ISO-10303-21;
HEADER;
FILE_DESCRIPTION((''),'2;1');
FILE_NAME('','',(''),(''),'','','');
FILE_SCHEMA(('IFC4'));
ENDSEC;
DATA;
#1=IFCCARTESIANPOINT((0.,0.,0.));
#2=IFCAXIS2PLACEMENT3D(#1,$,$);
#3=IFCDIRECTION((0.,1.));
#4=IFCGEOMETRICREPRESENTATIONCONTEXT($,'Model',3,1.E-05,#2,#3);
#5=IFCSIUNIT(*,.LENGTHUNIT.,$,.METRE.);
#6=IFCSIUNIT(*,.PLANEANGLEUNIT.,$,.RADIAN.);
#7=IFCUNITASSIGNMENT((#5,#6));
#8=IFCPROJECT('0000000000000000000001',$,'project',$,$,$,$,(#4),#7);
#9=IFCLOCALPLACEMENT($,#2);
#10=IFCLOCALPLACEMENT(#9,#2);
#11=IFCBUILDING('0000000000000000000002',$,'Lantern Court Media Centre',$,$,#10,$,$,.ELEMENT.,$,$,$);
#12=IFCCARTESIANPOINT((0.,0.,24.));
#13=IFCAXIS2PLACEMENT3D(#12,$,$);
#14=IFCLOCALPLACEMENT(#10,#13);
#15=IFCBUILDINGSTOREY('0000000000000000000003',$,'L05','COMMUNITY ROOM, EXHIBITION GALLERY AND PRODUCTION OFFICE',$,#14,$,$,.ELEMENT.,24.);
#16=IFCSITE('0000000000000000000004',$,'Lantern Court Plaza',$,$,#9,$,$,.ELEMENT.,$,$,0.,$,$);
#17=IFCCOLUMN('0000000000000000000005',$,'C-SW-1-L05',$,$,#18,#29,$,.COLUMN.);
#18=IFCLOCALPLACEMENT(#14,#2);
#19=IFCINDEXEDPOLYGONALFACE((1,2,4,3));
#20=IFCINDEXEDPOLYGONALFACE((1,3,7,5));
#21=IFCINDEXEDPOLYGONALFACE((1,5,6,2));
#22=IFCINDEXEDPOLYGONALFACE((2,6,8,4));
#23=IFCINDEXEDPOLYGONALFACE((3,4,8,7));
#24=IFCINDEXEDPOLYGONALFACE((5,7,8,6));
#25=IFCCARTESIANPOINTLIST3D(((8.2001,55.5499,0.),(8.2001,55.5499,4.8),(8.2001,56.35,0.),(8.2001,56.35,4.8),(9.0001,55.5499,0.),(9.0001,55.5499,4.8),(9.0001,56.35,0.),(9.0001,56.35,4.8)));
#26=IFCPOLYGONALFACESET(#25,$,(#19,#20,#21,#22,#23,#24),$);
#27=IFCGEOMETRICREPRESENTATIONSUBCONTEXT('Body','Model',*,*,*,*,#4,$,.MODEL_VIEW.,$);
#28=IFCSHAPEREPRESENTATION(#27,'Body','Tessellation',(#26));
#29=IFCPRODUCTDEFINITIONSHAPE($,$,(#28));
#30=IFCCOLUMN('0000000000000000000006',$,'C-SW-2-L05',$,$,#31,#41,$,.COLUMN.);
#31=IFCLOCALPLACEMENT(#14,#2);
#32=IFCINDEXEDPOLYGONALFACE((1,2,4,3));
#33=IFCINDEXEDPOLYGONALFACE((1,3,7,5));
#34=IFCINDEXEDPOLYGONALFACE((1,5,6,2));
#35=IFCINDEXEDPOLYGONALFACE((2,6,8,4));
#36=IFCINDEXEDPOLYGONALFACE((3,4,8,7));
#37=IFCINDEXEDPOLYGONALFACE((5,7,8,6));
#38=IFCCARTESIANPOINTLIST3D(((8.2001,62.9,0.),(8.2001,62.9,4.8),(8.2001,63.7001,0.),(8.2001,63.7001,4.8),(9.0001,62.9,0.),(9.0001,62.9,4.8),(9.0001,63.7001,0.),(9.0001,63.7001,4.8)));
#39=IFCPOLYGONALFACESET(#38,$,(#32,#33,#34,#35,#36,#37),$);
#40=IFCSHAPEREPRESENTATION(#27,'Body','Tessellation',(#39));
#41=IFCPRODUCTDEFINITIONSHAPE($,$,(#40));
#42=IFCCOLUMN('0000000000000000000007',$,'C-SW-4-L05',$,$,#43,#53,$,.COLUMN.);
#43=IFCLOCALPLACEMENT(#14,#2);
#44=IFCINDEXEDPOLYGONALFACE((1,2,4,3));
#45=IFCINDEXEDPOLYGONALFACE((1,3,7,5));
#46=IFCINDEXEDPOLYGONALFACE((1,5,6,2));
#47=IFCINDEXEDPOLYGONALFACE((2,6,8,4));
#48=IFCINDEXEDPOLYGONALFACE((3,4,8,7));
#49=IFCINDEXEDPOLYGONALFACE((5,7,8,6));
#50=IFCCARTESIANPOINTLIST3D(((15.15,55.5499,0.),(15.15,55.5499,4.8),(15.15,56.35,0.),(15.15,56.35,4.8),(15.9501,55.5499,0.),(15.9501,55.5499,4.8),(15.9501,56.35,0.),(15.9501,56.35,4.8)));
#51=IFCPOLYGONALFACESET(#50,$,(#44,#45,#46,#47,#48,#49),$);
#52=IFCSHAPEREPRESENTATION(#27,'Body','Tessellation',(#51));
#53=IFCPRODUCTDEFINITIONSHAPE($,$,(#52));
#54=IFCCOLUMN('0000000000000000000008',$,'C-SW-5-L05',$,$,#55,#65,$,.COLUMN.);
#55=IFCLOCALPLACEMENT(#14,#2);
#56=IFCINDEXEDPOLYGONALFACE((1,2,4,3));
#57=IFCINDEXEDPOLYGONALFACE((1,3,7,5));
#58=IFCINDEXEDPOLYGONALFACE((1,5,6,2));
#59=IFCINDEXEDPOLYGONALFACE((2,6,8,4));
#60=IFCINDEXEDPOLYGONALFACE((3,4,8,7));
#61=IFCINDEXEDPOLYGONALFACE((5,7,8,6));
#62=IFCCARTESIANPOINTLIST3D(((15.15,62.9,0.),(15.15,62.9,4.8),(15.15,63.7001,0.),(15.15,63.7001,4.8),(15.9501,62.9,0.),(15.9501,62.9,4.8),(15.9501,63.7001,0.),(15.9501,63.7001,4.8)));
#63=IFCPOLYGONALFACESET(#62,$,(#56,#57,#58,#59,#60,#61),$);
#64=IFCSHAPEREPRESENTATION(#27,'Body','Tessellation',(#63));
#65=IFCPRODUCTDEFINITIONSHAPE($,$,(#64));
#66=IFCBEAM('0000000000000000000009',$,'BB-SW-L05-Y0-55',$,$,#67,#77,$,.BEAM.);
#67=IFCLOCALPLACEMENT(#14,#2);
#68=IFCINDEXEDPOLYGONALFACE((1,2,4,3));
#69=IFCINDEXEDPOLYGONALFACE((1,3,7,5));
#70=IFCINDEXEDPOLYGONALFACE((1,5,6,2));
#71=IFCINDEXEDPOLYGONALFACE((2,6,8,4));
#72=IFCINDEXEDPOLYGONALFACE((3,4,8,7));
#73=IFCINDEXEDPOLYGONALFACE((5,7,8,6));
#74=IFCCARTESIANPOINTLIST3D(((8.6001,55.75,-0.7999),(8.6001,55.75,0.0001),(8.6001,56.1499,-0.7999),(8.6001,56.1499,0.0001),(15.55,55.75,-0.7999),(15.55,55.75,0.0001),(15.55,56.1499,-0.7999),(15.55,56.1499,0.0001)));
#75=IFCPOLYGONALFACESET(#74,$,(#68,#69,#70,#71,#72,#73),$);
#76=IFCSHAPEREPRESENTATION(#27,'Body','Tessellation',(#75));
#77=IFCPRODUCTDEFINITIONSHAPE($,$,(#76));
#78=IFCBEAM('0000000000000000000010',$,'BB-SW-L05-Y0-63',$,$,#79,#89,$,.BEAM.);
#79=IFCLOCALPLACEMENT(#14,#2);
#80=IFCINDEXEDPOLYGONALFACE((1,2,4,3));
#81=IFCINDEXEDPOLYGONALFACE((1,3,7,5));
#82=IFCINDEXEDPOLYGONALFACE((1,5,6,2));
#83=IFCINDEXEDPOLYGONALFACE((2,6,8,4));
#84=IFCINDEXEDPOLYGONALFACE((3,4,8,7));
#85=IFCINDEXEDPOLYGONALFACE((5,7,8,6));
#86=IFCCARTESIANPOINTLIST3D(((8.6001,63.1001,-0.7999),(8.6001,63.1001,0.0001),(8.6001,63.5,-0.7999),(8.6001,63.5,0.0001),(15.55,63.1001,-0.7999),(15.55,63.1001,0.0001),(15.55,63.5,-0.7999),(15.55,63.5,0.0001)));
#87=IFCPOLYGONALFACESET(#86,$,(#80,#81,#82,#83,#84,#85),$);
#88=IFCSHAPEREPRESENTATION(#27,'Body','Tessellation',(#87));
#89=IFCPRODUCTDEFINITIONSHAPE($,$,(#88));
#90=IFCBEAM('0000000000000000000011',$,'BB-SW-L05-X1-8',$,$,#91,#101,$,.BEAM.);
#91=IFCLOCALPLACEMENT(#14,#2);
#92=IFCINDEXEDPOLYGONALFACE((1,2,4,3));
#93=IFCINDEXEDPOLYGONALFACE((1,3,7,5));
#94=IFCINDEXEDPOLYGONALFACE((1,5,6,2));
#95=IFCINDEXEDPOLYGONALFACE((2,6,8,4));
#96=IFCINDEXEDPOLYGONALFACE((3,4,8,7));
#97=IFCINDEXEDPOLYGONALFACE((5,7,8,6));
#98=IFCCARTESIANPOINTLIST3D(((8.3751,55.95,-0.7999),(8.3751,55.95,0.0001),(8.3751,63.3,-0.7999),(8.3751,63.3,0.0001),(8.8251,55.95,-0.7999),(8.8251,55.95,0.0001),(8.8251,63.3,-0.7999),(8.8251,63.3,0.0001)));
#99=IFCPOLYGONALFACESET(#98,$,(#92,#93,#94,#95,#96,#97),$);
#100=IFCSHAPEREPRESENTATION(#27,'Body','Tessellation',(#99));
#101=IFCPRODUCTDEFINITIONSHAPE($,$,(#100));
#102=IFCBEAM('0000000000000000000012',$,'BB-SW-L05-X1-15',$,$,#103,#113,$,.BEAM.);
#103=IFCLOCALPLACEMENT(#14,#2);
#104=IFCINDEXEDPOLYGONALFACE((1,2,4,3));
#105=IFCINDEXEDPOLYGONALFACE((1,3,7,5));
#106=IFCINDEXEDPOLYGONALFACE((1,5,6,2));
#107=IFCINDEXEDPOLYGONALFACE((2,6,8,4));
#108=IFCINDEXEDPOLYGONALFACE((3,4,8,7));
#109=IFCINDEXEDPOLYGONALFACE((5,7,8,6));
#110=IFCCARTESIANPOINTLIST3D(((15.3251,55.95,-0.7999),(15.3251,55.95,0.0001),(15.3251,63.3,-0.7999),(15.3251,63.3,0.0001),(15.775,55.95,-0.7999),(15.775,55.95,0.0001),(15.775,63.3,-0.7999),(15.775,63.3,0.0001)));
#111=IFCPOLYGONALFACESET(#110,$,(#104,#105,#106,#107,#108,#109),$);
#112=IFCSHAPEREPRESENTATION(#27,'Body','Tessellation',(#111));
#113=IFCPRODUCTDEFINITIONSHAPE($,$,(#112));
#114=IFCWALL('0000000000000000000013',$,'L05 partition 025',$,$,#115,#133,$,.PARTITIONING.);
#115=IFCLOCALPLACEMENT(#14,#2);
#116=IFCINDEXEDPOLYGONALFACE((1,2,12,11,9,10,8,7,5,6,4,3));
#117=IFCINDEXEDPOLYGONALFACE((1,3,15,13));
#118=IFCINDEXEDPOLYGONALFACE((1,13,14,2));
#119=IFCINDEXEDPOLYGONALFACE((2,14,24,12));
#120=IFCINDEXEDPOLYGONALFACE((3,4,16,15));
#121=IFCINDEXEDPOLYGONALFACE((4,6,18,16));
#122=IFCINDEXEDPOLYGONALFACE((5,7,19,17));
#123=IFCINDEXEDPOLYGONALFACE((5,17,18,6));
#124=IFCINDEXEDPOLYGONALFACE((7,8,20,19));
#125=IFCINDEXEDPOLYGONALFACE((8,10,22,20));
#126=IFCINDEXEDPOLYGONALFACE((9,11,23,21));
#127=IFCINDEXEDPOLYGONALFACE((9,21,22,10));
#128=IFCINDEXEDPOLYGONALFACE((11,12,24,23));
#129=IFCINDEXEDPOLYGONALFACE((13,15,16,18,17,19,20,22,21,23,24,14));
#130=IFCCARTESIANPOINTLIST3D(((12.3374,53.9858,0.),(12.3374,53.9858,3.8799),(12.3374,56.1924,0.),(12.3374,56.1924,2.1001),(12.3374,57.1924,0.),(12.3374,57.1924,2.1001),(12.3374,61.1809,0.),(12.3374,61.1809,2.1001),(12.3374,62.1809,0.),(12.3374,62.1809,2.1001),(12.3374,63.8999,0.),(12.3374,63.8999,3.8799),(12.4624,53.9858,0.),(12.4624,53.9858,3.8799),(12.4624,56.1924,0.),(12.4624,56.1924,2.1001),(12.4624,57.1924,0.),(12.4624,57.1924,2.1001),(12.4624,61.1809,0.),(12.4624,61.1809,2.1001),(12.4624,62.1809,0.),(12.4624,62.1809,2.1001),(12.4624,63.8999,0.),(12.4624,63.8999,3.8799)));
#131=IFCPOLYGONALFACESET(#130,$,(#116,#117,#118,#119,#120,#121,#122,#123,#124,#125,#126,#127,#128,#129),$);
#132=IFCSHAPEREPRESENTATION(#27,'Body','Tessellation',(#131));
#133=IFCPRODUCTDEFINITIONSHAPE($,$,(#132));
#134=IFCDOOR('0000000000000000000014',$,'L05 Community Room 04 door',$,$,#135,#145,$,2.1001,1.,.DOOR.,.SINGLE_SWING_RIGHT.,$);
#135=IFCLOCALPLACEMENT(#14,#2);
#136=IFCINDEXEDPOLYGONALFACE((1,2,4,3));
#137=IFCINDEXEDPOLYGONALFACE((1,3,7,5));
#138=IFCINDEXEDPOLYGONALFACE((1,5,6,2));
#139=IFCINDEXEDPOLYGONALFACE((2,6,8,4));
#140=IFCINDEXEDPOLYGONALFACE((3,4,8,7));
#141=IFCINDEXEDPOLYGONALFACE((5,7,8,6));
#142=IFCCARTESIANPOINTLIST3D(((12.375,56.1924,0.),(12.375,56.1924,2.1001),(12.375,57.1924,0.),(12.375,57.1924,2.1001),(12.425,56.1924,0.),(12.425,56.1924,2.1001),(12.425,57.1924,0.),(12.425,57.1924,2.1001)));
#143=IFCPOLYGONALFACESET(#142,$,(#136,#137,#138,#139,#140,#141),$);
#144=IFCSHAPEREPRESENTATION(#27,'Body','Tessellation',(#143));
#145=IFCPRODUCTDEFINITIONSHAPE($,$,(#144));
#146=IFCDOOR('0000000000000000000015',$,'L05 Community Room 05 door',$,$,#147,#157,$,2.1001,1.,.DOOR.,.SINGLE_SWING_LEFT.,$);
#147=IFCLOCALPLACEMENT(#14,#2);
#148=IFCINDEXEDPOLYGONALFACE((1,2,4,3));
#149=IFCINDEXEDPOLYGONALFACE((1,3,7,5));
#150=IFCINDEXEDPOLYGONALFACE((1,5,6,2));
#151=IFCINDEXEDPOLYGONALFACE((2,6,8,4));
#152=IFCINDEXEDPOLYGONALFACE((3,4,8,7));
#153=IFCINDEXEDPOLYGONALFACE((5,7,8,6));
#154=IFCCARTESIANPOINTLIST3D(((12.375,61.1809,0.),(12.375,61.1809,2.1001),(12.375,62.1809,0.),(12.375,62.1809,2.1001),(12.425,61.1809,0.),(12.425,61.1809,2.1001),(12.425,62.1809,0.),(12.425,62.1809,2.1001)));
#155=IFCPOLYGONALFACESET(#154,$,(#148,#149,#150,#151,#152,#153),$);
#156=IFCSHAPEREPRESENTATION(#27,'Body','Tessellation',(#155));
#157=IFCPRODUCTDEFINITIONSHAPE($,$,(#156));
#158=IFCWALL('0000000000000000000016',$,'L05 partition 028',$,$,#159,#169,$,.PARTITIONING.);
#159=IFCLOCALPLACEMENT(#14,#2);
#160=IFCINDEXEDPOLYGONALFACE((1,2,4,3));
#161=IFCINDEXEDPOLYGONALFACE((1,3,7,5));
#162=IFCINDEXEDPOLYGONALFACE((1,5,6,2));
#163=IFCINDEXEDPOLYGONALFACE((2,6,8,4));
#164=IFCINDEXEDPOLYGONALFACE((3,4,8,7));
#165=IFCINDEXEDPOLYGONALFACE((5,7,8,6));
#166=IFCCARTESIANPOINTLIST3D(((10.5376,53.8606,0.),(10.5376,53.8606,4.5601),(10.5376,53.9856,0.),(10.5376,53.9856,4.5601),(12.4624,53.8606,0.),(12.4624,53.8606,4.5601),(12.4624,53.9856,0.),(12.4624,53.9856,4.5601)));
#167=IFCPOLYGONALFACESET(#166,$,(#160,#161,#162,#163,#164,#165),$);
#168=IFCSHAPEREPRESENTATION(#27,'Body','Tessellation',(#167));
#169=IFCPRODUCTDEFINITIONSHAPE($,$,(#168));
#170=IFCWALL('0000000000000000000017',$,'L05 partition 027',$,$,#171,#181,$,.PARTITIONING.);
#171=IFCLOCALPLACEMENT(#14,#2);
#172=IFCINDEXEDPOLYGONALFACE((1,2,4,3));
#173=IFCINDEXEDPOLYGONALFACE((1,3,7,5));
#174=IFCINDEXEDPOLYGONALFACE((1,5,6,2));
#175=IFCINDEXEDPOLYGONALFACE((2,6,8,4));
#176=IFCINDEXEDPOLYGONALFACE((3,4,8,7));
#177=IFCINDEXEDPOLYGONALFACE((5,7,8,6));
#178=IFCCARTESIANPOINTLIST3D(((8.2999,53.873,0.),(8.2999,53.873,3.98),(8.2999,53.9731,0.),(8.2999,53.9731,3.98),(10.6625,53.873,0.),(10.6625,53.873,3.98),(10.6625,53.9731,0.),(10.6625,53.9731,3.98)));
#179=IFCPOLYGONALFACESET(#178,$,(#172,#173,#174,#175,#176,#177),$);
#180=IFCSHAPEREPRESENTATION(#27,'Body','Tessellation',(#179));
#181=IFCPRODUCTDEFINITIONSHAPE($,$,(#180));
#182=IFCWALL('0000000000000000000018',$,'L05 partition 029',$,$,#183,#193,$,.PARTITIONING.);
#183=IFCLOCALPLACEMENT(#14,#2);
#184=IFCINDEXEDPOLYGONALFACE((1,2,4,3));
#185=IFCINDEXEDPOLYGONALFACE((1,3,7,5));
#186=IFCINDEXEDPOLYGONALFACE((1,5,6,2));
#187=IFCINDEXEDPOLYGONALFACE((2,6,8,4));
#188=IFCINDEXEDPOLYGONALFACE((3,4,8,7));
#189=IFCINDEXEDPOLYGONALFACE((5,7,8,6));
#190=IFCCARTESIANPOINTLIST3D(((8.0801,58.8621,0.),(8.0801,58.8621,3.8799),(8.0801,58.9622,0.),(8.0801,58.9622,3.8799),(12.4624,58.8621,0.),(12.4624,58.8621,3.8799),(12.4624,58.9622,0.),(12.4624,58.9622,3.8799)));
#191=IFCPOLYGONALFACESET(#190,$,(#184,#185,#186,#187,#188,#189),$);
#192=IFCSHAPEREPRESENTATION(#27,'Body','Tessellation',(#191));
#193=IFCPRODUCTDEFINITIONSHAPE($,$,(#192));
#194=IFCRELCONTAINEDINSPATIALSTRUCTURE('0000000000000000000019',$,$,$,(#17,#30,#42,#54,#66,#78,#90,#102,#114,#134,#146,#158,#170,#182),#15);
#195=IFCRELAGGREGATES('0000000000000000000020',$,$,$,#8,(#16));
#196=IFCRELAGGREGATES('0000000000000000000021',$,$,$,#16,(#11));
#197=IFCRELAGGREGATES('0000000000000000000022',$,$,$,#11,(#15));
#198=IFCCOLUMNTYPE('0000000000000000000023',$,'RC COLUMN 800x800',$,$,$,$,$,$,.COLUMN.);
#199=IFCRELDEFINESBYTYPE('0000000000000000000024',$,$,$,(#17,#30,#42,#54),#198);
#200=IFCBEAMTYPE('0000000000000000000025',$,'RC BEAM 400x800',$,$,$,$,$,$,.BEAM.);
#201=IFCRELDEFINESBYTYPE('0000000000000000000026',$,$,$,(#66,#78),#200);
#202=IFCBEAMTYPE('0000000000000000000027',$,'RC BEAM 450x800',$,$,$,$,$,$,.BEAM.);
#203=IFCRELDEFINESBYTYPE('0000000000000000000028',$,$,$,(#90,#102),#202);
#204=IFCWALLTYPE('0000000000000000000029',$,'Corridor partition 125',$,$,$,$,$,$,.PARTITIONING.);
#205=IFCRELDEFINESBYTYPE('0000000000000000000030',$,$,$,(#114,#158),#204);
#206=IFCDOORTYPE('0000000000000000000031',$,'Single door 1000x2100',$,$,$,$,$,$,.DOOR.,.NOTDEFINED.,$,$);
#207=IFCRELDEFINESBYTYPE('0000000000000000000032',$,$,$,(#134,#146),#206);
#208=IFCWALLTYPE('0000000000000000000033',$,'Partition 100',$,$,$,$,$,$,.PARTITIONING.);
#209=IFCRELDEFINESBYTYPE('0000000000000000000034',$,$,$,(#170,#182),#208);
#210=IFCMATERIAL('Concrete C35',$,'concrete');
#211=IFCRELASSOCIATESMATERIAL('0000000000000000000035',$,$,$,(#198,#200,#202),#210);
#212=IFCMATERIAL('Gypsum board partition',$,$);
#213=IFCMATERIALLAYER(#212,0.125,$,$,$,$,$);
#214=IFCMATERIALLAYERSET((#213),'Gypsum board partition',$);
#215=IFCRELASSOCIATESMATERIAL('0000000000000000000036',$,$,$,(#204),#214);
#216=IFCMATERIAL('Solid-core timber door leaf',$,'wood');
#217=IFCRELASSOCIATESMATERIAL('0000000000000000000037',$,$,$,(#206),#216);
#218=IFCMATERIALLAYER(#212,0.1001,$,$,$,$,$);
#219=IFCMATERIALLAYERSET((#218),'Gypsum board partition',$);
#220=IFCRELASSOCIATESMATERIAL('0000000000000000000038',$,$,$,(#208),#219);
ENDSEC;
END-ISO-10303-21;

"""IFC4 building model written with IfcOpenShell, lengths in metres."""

from ifc_helpers import new_model, si_unit, direction, frame, frame_2d, origin, origin_2d, place, context, subcontext, project, spatial, rectangle, extrude, material, layer, layer_set, material_profile, profile_set, type_object, element, fill, save


model = new_model("IFC4")

# Units and contexts
model_context = context("Model", 3, precision=1e-05, world=origin(), true_north=direction((0.0, 1.0)))
body_context = subcontext(model_context, "Body", "Model", "MODEL_VIEW")
ifc_project = project(units=[si_unit("LENGTHUNIT", "METRE"), si_unit("PLANEANGLEUNIT", "RADIAN")], contexts=[model_context])

# Site, building, storey
site_placement = place(None, origin())
site = spatial("IfcSite", under=ifc_project, at=site_placement, Name="Lantern Court Plaza", CompositionType="ELEMENT", RefElevation=0.0)
building_placement = place(site_placement, origin())
building = spatial("IfcBuilding", under=site, at=building_placement, Name="Lantern Court Media Centre", CompositionType="ELEMENT")
storey_placement = place(building_placement, frame((0.0, 0.0, 24.0)))
storey = spatial("IfcBuildingStorey", under=building, at=storey_placement, Name="L05", Description="COMMUNITY ROOM, EXHIBITION GALLERY AND PRODUCTION OFFICE", CompositionType="ELEMENT", Elevation=24.0)

# Columns
ifc_material_1 = material(Name="Concrete C35", Category="concrete")
ifc_material_profile_1 = material_profile(ifc_material_1, rectangle(XDim=0.8, YDim=0.8, at=origin_2d()), Name="RC 800x800")
ifc_profile_set_1 = profile_set([ifc_material_profile_1], Name="Concrete C35")
column_type = type_object("IfcColumnType", Name="RC COLUMN 800x800", PredefinedType="COLUMN", material=ifc_profile_set_1)
for number, where, z_axis, x_axis, name in (
    (1, (8.6001, 55.95, 0.0), (0.0, 0.0, 1.0), (1.0, 0.0, 0.0), "C-SW-1-L05"),
    (2, (8.6001, 63.3, 0.0), (0.0, 0.0, 1.0), (1.0, 0.0, 0.0), "C-SW-2-L05"),
    (3, (15.55, 55.95, 0.0), (0.0, 0.0, 1.0), (1.0, 0.0, 0.0), "C-SW-4-L05"),
    (4, (15.55, 63.3, 0.0), (0.0, 0.0, 1.0), (1.0, 0.0, 0.0), "C-SW-5-L05"),
):
    element("IfcColumn", number, at=place(storey_placement, frame(where, z_axis=z_axis, x_axis=x_axis)), inside=storey, type_object=column_type, Name=name, PredefinedType="COLUMN", context=body_context, shape_type="SweptSolid", body=[
        extrude(rectangle(XDim=0.8, YDim=0.8, at=origin_2d()), origin(), (0.0, 0.0, 1.0), 4.8),
    ])

# Beams
ifc_material_profile_2 = material_profile(ifc_material_1, rectangle(XDim=0.3999, YDim=0.8, at=origin_2d()), Name="RC 400x800")
ifc_profile_set_2 = profile_set([ifc_material_profile_2], Name="Concrete C35")
beam_type_1 = type_object("IfcBeamType", Name="RC BEAM 400x800", PredefinedType="BEAM", material=ifc_profile_set_2)
for number, where, z_axis, x_axis, name in (
    (5, (8.6001, 55.95, -0.3999), (1.0, 0.0, 0.0), (0.0, 1.0, 0.0), "BB-SW-L05-Y0-55"),
    (6, (8.6001, 63.3, -0.3999), (1.0, 0.0, 0.0), (0.0, 1.0, 0.0), "BB-SW-L05-Y0-63"),
):
    element("IfcBeam", number, at=place(storey_placement, frame(where, z_axis=z_axis, x_axis=x_axis)), inside=storey, type_object=beam_type_1, Name=name, PredefinedType="BEAM", context=body_context, shape_type="SweptSolid", body=[
        extrude(rectangle(XDim=0.3999, YDim=0.8, at=origin_2d()), origin(), (0.0, 0.0, 1.0), 6.95),
    ])
ifc_material_profile_3 = material_profile(ifc_material_1, rectangle(XDim=0.45, YDim=0.8, at=origin_2d()), Name="RC 450x800")
ifc_profile_set_3 = profile_set([ifc_material_profile_3], Name="Concrete C35")
beam_type_2 = type_object("IfcBeamType", Name="RC BEAM 450x800", PredefinedType="BEAM", material=ifc_profile_set_3)
for number, where, z_axis, x_axis, name in (
    (7, (8.6001, 55.95, -0.3999), (0.0, 1.0, 0.0), (-1.0, 0.0, 0.0), "BB-SW-L05-X1-8"),
    (8, (15.55, 55.95, -0.3999), (0.0, 1.0, 0.0), (-1.0, 0.0, 0.0), "BB-SW-L05-X1-15"),
):
    element("IfcBeam", number, at=place(storey_placement, frame(where, z_axis=z_axis, x_axis=x_axis)), inside=storey, type_object=beam_type_2, Name=name, PredefinedType="BEAM", context=body_context, shape_type="SweptSolid", body=[
        extrude(rectangle(XDim=0.45, YDim=0.8, at=origin_2d()), origin(), (0.0, 0.0, 1.0), 7.3501),
    ])

# Wall, openings, doors
ifc_material_2 = material(Name="Gypsum board partition")
ifc_layer_1 = layer(ifc_material_2, 0.125)
ifc_layer_set_1 = layer_set([ifc_layer_1], Name="Gypsum board partition")
wall_type_1 = type_object("IfcWallType", Name="Corridor partition 125", PredefinedType="PARTITIONING", material=ifc_layer_set_1)
wall_1_placement = place(storey_placement, frame((12.3999, 53.9858, 0.0), z_axis=(0.0, 0.0, 1.0), x_axis=(0.0, 1.0, 0.0)))
wall_1 = element("IfcWall", 9, at=wall_1_placement, inside=storey, type_object=wall_type_1, Name="L05 partition 025", PredefinedType="PARTITIONING", context=body_context, shape_type="SweptSolid", body=[
    extrude(rectangle(XDim=9.9141, YDim=0.125, at=frame_2d((4.957, 0.0))), origin(), (0.0, 0.0, 1.0), 3.8799),
])
opening_1_placement = place(wall_1_placement, frame((2.2065, 0.0, 0.0)))
opening_1 = element("IfcOpeningElement", 10, at=opening_1_placement, cuts=wall_1, PredefinedType="OPENING", context=body_context, shape_type="SweptSolid", body=[
    extrude(rectangle(XDim=1.0, YDim=2.1001, at=frame_2d((0.5, 1.05))), frame((0.0, 0.0725, 0.0), z_axis=(0.0, -1.0, 0.0), x_axis=(1.0, 0.0, 0.0)), (0.0, 0.0, 1.0), 0.145),
])
opening_2_placement = place(wall_1_placement, frame((7.1951, 0.0, 0.0)))
opening_2 = element("IfcOpeningElement", 11, at=opening_2_placement, cuts=wall_1, PredefinedType="OPENING", context=body_context, shape_type="SweptSolid", body=[
    extrude(rectangle(XDim=1.0, YDim=2.1001, at=frame_2d((0.5, 1.05))), frame((0.0, 0.0725, 0.0), z_axis=(0.0, -1.0, 0.0), x_axis=(1.0, 0.0, 0.0)), (0.0, 0.0, 1.0), 0.145),
])
ifc_material_3 = material(Name="Solid-core timber door leaf", Category="wood")
door_type = type_object("IfcDoorType", Name="Single door 1000x2100", OperationType="NOTDEFINED", PredefinedType="DOOR", material=ifc_material_3)
door_1_placement = place(opening_1_placement, origin())
door_1 = element("IfcDoor", 12, at=door_1_placement, inside=storey, type_object=door_type, Name="L05 Community Room 04 door", OperationType="SINGLE_SWING_RIGHT", OverallHeight=2.1001, OverallWidth=1.0, PredefinedType="DOOR", context=body_context, shape_type="SweptSolid", body=[
    extrude(rectangle(XDim=1.0, YDim=2.1001, at=frame_2d((0.5, 1.05))), frame((0.0, 0.0249, 0.0), z_axis=(0.0, -1.0, 0.0), x_axis=(1.0, 0.0, 0.0)), (0.0, 0.0, 1.0), 0.05),
])
fill(opening_1, door_1)
door_2_placement = place(opening_2_placement, origin())
door_2 = element("IfcDoor", 13, at=door_2_placement, inside=storey, type_object=door_type, Name="L05 Community Room 05 door", OperationType="SINGLE_SWING_LEFT", OverallHeight=2.1001, OverallWidth=1.0, PredefinedType="DOOR", context=body_context, shape_type="SweptSolid", body=[
    extrude(rectangle(XDim=1.0, YDim=2.1001, at=frame_2d((0.5, 1.05))), frame((0.0, 0.0249, 0.0), z_axis=(0.0, -1.0, 0.0), x_axis=(1.0, 0.0, 0.0)), (0.0, 0.0, 1.0), 0.05),
])
fill(opening_2, door_2)

# Walls
wall_2_placement = place(storey_placement, frame((10.5376, 53.9231, 0.0), z_axis=(0.0, 0.0, 1.0), x_axis=(1.0, 0.0, 0.0)))
element("IfcWall", 14, at=wall_2_placement, inside=storey, type_object=wall_type_1, Name="L05 partition 028", PredefinedType="PARTITIONING", context=body_context, shape_type="SweptSolid", body=[
    extrude(rectangle(XDim=1.9248, YDim=0.125, at=frame_2d((0.9624, 0.0))), origin(), (0.0, 0.0, 1.0), 4.5601),
])
ifc_layer_2 = layer(ifc_material_2, 0.1001)
ifc_layer_set_2 = layer_set([ifc_layer_2], Name="Gypsum board partition")
wall_type_2 = type_object("IfcWallType", Name="Partition 100", PredefinedType="PARTITIONING", material=ifc_layer_set_2)
wall_3_placement = place(storey_placement, frame((8.3, 53.9231, 0.0), z_axis=(0.0, 0.0, 1.0), x_axis=(1.0, 0.0, 0.0)))
element("IfcWall", 15, at=wall_3_placement, inside=storey, type_object=wall_type_2, Name="L05 partition 027", PredefinedType="PARTITIONING", context=body_context, shape_type="SweptSolid", body=[
    extrude(rectangle(XDim=2.3625, YDim=0.1001, at=frame_2d((1.1812, 0.0))), origin(), (0.0, 0.0, 1.0), 3.98),
])
wall_4_placement = place(storey_placement, frame((8.0801, 58.9121, 0.0), z_axis=(0.0, 0.0, 1.0), x_axis=(1.0, 0.0, 0.0)))
element("IfcWall", 16, at=wall_4_placement, inside=storey, type_object=wall_type_2, Name="L05 partition 029", PredefinedType="PARTITIONING", context=body_context, shape_type="SweptSolid", body=[
    extrude(rectangle(XDim=4.3823, YDim=0.1001, at=frame_2d((2.1912, 0.0))), origin(), (0.0, 0.0, 1.0), 3.8799),
])

save(model, "model.ifc")
